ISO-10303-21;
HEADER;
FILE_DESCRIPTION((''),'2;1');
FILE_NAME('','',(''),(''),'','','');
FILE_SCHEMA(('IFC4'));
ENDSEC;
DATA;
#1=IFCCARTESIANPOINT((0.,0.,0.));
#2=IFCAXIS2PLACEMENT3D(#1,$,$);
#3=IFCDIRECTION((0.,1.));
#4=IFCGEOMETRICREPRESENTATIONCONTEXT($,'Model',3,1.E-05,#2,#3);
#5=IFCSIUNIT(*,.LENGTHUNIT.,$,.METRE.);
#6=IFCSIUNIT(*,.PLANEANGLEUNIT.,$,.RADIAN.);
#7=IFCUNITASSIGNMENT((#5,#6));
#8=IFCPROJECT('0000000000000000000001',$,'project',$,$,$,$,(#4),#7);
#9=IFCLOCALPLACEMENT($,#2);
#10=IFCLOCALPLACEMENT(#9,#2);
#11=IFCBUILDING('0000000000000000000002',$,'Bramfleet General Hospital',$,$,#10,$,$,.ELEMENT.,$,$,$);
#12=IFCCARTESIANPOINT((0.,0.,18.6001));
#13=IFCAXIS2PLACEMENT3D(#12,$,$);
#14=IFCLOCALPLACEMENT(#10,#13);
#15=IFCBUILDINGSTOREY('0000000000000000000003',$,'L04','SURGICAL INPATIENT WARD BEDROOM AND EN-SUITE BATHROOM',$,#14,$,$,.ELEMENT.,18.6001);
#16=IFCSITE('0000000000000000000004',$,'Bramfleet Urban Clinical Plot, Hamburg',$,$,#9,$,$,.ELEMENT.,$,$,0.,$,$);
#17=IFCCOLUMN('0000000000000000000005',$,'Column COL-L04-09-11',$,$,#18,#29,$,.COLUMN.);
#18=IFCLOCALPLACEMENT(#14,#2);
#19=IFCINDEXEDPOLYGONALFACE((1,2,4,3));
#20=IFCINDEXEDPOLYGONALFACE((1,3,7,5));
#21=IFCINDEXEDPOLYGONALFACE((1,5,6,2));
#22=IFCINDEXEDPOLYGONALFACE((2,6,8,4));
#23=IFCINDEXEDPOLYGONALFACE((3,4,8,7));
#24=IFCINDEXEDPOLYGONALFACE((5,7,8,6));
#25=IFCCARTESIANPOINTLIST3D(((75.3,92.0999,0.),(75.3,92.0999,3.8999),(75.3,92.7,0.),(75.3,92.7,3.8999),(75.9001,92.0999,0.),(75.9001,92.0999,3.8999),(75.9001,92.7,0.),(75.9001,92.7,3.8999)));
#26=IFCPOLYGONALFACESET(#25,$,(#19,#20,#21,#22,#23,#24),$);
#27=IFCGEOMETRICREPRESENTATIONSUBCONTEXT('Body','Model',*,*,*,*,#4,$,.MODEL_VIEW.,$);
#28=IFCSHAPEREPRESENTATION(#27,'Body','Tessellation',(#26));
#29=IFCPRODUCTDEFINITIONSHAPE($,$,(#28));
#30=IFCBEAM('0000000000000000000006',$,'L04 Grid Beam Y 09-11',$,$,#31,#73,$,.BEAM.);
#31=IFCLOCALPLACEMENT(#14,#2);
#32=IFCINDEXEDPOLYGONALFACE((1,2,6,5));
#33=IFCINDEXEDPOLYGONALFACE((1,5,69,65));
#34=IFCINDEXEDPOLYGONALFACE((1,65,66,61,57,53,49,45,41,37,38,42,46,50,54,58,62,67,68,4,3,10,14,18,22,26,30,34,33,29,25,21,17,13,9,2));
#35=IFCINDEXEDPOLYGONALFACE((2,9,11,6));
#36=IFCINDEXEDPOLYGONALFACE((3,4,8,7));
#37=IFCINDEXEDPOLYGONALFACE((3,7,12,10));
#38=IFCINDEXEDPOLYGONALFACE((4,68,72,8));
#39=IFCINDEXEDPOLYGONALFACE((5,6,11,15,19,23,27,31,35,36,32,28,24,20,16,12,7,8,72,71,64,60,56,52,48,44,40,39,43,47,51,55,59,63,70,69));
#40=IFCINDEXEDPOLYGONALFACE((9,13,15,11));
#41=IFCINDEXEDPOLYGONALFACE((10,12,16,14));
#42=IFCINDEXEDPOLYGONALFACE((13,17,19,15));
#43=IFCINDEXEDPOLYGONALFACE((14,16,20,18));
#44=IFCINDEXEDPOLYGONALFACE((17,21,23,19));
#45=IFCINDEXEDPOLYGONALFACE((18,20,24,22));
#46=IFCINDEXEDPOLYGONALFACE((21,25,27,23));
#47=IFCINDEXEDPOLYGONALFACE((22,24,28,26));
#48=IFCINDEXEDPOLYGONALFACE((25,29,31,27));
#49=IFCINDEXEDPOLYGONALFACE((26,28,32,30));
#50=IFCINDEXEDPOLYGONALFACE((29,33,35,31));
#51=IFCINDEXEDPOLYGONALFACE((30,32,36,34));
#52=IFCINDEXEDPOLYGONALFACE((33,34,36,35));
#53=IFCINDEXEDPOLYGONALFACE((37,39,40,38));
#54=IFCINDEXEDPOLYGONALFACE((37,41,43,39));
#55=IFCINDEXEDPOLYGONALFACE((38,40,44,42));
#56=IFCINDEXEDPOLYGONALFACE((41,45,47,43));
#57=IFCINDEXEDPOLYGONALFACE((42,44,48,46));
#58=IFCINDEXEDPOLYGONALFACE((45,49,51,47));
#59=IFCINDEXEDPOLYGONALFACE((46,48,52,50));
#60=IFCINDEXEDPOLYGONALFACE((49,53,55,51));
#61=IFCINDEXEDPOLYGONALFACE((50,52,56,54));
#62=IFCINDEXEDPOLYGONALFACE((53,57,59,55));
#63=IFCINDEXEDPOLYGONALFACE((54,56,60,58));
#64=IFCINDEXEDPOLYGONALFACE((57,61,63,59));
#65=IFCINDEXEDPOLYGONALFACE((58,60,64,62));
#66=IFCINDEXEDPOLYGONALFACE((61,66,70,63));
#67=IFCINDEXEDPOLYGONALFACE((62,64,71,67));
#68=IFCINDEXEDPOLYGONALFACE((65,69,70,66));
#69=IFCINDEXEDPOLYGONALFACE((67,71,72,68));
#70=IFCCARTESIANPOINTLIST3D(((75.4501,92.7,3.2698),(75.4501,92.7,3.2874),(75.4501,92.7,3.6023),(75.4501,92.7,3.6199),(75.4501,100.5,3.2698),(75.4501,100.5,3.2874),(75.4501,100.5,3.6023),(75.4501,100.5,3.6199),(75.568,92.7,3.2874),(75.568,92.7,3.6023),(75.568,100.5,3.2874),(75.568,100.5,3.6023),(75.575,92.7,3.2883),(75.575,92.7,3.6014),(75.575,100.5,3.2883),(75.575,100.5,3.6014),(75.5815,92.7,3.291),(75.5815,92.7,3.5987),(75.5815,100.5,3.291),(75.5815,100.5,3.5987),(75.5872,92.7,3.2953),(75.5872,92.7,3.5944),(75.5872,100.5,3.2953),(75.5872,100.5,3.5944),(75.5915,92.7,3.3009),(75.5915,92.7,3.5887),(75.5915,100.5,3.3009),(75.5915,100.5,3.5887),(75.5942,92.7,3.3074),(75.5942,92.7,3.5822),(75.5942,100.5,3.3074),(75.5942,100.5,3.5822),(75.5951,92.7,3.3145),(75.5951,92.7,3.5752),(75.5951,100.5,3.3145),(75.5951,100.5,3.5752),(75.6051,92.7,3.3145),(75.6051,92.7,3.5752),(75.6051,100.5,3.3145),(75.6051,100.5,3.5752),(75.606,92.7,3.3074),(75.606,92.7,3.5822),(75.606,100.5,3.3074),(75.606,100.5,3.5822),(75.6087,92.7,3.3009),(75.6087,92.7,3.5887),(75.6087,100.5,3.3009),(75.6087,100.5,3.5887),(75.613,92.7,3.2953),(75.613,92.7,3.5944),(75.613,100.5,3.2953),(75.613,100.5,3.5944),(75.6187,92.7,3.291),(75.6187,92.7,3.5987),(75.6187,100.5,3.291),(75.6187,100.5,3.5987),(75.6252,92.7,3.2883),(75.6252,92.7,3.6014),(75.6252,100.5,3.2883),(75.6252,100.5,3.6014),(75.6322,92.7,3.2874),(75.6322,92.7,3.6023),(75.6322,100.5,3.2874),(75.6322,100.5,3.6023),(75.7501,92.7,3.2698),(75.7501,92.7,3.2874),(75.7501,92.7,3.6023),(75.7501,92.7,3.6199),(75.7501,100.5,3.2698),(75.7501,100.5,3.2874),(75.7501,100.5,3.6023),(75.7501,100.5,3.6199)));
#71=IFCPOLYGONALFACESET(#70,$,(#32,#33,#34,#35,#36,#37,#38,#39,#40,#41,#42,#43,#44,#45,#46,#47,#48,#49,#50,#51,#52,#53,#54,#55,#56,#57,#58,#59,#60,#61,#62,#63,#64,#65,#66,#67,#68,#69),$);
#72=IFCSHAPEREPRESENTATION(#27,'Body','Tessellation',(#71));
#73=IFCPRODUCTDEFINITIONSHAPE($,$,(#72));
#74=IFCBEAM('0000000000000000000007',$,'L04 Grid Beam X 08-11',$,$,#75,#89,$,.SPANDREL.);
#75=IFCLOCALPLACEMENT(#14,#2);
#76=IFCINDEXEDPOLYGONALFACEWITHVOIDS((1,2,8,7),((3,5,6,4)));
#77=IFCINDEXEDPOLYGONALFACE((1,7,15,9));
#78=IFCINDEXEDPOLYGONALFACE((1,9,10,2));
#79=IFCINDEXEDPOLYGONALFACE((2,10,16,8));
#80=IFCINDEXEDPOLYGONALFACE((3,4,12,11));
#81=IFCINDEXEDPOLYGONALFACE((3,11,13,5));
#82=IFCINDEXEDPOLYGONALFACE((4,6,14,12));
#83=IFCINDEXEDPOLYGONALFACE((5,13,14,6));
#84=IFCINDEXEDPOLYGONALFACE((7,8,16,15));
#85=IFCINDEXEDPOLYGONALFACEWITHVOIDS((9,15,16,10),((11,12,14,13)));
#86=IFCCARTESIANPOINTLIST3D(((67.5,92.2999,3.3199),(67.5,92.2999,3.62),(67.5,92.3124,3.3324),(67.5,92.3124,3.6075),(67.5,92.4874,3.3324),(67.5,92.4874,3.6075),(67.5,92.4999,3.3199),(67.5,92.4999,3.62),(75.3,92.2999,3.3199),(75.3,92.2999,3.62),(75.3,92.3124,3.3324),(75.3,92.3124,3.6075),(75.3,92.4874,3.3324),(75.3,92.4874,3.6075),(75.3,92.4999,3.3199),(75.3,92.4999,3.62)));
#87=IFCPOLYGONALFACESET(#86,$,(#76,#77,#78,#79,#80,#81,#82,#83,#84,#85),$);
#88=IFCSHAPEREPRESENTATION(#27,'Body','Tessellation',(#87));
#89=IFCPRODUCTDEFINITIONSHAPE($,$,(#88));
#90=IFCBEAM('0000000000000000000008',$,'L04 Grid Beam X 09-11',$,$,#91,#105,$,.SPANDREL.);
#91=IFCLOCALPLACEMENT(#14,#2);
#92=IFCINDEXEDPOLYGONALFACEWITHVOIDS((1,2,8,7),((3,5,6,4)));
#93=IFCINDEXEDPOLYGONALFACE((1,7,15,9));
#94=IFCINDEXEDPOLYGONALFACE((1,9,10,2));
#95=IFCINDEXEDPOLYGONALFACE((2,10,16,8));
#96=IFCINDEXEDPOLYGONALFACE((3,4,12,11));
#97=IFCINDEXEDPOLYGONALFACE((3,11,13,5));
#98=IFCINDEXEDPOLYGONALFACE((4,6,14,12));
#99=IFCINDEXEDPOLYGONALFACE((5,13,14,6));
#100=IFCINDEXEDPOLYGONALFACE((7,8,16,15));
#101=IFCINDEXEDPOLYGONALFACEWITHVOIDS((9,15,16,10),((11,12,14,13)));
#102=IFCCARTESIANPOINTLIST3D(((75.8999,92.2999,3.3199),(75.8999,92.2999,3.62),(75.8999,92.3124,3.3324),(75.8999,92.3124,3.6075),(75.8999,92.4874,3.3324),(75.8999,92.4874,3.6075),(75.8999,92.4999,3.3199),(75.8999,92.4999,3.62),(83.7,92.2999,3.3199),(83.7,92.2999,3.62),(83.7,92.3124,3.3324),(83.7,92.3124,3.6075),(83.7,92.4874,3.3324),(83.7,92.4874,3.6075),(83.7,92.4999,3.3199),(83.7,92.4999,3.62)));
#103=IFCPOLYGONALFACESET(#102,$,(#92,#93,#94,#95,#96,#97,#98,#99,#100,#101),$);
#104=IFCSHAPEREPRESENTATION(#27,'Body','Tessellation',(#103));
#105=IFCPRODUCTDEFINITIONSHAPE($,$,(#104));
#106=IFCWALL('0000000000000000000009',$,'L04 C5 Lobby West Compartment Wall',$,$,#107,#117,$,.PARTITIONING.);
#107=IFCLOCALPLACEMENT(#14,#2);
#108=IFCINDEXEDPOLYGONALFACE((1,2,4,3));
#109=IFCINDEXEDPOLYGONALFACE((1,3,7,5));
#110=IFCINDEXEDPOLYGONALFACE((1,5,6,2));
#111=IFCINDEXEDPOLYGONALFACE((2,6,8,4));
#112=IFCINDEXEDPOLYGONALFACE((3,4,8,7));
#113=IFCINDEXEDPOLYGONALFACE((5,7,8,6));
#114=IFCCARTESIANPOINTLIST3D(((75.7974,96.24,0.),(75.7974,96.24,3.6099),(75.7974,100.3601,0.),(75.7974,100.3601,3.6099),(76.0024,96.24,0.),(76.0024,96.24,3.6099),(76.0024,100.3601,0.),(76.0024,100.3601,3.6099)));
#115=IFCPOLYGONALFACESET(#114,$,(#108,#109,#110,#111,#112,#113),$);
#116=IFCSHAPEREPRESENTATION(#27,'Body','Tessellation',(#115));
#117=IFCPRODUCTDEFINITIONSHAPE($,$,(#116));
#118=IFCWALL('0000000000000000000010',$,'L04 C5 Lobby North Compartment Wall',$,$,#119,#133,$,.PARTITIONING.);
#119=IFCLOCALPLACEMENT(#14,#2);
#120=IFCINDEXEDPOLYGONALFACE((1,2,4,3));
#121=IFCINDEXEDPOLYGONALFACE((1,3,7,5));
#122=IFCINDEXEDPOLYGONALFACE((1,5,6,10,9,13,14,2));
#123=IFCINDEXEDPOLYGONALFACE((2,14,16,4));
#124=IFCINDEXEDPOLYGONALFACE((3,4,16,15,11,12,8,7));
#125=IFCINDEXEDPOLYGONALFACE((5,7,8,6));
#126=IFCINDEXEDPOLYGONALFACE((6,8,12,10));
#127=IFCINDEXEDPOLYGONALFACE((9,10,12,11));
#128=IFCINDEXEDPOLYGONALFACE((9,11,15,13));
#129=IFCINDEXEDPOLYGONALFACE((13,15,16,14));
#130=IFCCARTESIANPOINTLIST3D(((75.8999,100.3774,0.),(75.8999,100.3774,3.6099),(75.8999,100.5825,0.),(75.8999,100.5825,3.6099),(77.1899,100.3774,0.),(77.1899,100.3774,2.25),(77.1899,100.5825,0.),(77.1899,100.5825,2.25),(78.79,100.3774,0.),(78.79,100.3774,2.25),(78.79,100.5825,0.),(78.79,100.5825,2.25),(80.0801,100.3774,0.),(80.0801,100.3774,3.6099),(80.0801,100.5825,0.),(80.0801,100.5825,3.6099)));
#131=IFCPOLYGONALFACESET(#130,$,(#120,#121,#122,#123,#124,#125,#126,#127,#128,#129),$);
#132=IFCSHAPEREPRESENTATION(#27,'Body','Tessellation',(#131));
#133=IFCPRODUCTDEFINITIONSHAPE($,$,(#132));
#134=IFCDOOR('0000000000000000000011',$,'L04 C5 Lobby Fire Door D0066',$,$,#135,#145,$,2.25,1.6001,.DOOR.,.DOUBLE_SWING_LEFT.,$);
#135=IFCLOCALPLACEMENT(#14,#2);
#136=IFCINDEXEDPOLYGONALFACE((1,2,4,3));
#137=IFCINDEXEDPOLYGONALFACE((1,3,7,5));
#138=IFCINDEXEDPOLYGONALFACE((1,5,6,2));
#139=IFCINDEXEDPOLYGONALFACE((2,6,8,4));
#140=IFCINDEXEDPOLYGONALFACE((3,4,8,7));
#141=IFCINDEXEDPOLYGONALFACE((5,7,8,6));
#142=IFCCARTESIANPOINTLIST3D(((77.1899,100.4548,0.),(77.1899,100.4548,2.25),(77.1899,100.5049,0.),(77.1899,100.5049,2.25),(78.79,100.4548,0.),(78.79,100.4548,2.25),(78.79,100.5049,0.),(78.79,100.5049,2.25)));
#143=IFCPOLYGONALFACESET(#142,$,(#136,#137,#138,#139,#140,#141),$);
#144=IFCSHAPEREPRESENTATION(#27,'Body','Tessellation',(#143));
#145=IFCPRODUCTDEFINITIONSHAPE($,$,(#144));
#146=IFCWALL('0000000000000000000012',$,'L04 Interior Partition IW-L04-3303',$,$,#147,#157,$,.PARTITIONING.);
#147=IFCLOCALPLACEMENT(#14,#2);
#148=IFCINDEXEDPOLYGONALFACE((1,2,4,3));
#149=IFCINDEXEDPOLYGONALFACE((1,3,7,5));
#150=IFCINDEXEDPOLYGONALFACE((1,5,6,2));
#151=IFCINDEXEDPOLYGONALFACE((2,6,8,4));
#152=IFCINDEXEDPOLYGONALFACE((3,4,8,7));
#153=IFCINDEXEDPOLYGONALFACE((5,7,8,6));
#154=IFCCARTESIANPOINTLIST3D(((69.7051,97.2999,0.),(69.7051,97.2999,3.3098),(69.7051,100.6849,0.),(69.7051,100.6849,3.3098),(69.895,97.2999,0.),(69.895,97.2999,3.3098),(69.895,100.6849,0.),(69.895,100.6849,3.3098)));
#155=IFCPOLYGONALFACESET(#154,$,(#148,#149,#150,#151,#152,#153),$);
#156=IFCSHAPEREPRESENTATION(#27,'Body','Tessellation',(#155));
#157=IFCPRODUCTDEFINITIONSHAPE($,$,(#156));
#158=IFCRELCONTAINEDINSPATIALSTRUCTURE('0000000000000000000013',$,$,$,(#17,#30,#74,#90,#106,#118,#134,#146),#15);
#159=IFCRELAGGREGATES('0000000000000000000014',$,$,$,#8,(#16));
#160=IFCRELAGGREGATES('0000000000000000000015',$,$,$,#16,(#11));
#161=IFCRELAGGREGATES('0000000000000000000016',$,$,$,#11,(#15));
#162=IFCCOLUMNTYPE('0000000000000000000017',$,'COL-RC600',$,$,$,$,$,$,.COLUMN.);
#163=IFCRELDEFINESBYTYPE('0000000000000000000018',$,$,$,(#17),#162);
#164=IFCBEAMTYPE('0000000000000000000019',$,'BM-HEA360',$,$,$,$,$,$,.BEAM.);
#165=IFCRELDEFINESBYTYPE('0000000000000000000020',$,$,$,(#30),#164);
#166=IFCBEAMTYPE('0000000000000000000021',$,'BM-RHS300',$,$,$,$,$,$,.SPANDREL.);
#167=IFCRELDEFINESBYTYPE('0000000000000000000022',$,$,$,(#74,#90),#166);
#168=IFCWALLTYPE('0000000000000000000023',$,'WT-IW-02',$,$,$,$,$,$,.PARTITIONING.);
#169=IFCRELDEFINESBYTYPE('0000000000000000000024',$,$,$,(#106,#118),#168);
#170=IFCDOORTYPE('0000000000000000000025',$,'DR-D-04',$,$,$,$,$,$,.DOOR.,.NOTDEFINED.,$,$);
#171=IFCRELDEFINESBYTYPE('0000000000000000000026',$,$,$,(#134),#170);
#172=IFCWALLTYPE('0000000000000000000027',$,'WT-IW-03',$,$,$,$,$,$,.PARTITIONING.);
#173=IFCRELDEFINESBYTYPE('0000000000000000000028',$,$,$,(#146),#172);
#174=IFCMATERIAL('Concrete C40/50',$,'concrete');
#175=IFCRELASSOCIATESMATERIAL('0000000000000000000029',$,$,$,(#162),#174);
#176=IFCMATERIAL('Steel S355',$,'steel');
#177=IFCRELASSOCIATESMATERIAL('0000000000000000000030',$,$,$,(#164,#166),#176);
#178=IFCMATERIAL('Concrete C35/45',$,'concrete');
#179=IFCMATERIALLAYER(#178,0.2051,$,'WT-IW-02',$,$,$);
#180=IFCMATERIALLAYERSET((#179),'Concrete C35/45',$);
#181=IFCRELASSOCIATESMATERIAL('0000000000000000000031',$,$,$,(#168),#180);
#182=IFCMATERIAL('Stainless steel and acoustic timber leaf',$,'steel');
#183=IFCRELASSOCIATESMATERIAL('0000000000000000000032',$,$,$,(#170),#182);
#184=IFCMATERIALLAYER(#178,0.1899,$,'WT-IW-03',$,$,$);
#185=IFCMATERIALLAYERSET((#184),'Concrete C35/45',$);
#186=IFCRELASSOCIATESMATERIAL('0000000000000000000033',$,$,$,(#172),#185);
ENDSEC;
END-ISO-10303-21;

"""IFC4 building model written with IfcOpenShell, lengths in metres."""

from ifc_helpers import new_model, si_unit, direction, frame, frame_2d, origin, origin_2d, place, context, subcontext, project, spatial, rectangle, hollow_rectangle, i_section, extrude, material, layer, layer_set, material_profile, profile_set, type_object, element, fill, save


model = new_model("IFC4")

# Units and contexts
model_context = context("Model", 3, precision=1e-05, world=origin(), true_north=direction((0.0, 1.0)))
body_context = subcontext(model_context, "Body", "Model", "MODEL_VIEW")
ifc_project = project(units=[si_unit("LENGTHUNIT", "METRE"), si_unit("PLANEANGLEUNIT", "RADIAN")], contexts=[model_context])

# Site, building, storey
site_placement = place(None, origin())
site = spatial("IfcSite", under=ifc_project, at=site_placement, Name="Bramfleet Urban Clinical Plot, Hamburg", CompositionType="ELEMENT", RefElevation=0.0)
building_placement = place(site_placement, origin())
building = spatial("IfcBuilding", under=site, at=building_placement, Name="Bramfleet General Hospital", CompositionType="ELEMENT")
storey_placement = place(building_placement, frame((0.0, 0.0, 18.6001)))
storey = spatial("IfcBuildingStorey", under=building, at=storey_placement, Name="L04", Description="SURGICAL INPATIENT WARD BEDROOM AND EN-SUITE BATHROOM", CompositionType="ELEMENT", Elevation=18.6001)

# Column
ifc_material_1 = material(Name="Concrete C40/50", Category="concrete")
ifc_material_profile_1 = material_profile(ifc_material_1, rectangle(XDim=0.6001, YDim=0.6001, at=origin_2d()), Name="RC COL 600x600")
ifc_profile_set_1 = profile_set([ifc_material_profile_1], Name="Concrete C40/50")
column_type = type_object("IfcColumnType", Name="COL-RC600", PredefinedType="COLUMN", material=ifc_profile_set_1)
column_placement = place(storey_placement, frame((75.6001, 92.3999, 0.0), z_axis=(0.0, 0.0, 1.0), x_axis=(1.0, 0.0, 0.0)))
element("IfcColumn", 1, at=column_placement, inside=storey, type_object=column_type, Name="Column COL-L04-09-11", PredefinedType="COLUMN", context=body_context, shape_type="SweptSolid", body=[
    extrude(rectangle(XDim=0.6001, YDim=0.6001, at=origin_2d()), origin(), (0.0, 0.0, 1.0), 3.8999),
])

# Beams
ifc_material_2 = material(Name="Steel S355", Category="steel")
ifc_material_profile_2 = material_profile(ifc_material_2, i_section(OverallWidth=0.3, OverallDepth=0.3501, WebThickness=0.01, FlangeThickness=0.0176, FilletRadius=0.0271, at=origin_2d()), Name="HEA 360")
ifc_profile_set_2 = profile_set([ifc_material_profile_2], Name="Steel S355")
beam_type_1 = type_object("IfcBeamType", Name="BM-HEA360", PredefinedType="BEAM", material=ifc_profile_set_2)
beam_placement = place(storey_placement, frame((75.6001, 92.7, 3.4448), z_axis=(0.0, 1.0, 0.0), x_axis=(-1.0, 0.0, 0.0)))
element("IfcBeam", 2, at=beam_placement, inside=storey, type_object=beam_type_1, Name="L04 Grid Beam Y 09-11", PredefinedType="BEAM", context=body_context, shape_type="SweptSolid", body=[
    extrude(i_section(OverallWidth=0.3, OverallDepth=0.3501, WebThickness=0.01, FlangeThickness=0.0176, FilletRadius=0.0271, at=origin_2d()), origin(), (0.0, 0.0, 1.0), 7.8),
])
ifc_material_profile_3 = material_profile(ifc_material_2, hollow_rectangle(XDim=0.2, YDim=0.3, WallThickness=0.0125, at=origin_2d()), Name="RHS 300x200x12.5")
ifc_profile_set_3 = profile_set([ifc_material_profile_3], Name="Steel S355")
beam_type_2 = type_object("IfcBeamType", Name="BM-RHS300", PredefinedType="SPANDREL", material=ifc_profile_set_3)
for number, where, z_axis, x_axis, name in (
    (3, (67.5, 92.3999, 3.47), (1.0, 0.0, 0.0), (0.0, 1.0, 0.0), "L04 Grid Beam X 08-11"),
    (4, (75.8999, 92.3999, 3.47), (1.0, 0.0, 0.0), (0.0, 1.0, 0.0), "L04 Grid Beam X 09-11"),
):
    element("IfcBeam", number, at=place(storey_placement, frame(where, z_axis=z_axis, x_axis=x_axis)), inside=storey, type_object=beam_type_2, Name=name, PredefinedType="SPANDREL", context=body_context, shape_type="SweptSolid", body=[
        extrude(hollow_rectangle(XDim=0.2, YDim=0.3, WallThickness=0.0125, at=origin_2d()), origin(), (0.0, 0.0, 1.0), 7.8),
    ])

# Wall
ifc_material_3 = material(Name="Concrete C35/45", Category="concrete")
ifc_layer_1 = layer(ifc_material_3, 0.2051, Name="WT-IW-02")
ifc_layer_set_1 = layer_set([ifc_layer_1], Name="Concrete C35/45")
wall_type_1 = type_object("IfcWallType", Name="WT-IW-02", PredefinedType="PARTITIONING", material=ifc_layer_set_1)
wall_1_placement = place(storey_placement, frame((75.8999, 96.24, 0.0), z_axis=(0.0, 0.0, 1.0), x_axis=(0.0, 1.0, 0.0)))
element("IfcWall", 5, at=wall_1_placement, inside=storey, type_object=wall_type_1, Name="L04 C5 Lobby West Compartment Wall", PredefinedType="PARTITIONING", context=body_context, shape_type="SweptSolid", body=[
    extrude(rectangle(XDim=4.1201, YDim=0.2051, at=frame_2d((2.0601, 0.0))), origin(), (0.0, 0.0, 1.0), 3.6099),
])

# Wall, opening, door
wall_2_placement = place(storey_placement, frame((75.8999, 100.48, 0.0), z_axis=(0.0, 0.0, 1.0), x_axis=(1.0, 0.0, 0.0)))
wall_2 = element("IfcWall", 6, at=wall_2_placement, inside=storey, type_object=wall_type_1, Name="L04 C5 Lobby North Compartment Wall", PredefinedType="PARTITIONING", context=body_context, shape_type="SweptSolid", body=[
    extrude(rectangle(XDim=4.1802, YDim=0.2051, at=frame_2d((2.0901, 0.0))), origin(), (0.0, 0.0, 1.0), 3.6099),
])
opening_1_placement = place(wall_2_placement, frame((1.29, 0.0, 0.0)))
opening_1 = element("IfcOpeningElement", 7, at=opening_1_placement, cuts=wall_2, PredefinedType="OPENING", context=body_context, shape_type="SweptSolid", body=[
    extrude(rectangle(XDim=1.6001, YDim=2.25, at=frame_2d((0.8, 1.125))), frame((0.0, 0.1125, 0.0), z_axis=(0.0, -1.0, 0.0), x_axis=(1.0, 0.0, 0.0)), (0.0, 0.0, 1.0), 0.2251),
])
ifc_material_4 = material(Name="Stainless steel and acoustic timber leaf", Category="steel")
door_type_1 = type_object("IfcDoorType", Name="DR-D-04", OperationType="NOTDEFINED", PredefinedType="DOOR", material=ifc_material_4)
door_1_placement = place(opening_1_placement, origin())
door_1 = element("IfcDoor", 8, at=door_1_placement, inside=storey, type_object=door_type_1, Name="L04 C5 Lobby Fire Door D0066", OperationType="DOUBLE_SWING_LEFT", OverallHeight=2.25, OverallWidth=1.6001, PredefinedType="DOOR", context=body_context, shape_type="SweptSolid", body=[
    extrude(rectangle(XDim=1.6001, YDim=2.25, at=frame_2d((0.8, 1.125))), frame((0.0, 0.0249, 0.0), z_axis=(0.0, -1.0, 0.0), x_axis=(1.0, 0.0, 0.0)), (0.0, 0.0, 1.0), 0.05),
])
fill(opening_1, door_1)

# Wall
ifc_layer_2 = layer(ifc_material_3, 0.1899, Name="WT-IW-03")
ifc_layer_set_2 = layer_set([ifc_layer_2], Name="Concrete C35/45")
wall_type_2 = type_object("IfcWallType", Name="WT-IW-03", PredefinedType="PARTITIONING", material=ifc_layer_set_2)
wall_3_placement = place(storey_placement, frame((69.8, 97.3, 0.0), z_axis=(0.0, 0.0, 1.0), x_axis=(0.0, 1.0, 0.0)))
element("IfcWall", 9, at=wall_3_placement, inside=storey, type_object=wall_type_2, Name="L04 Interior Partition IW-L04-3303", PredefinedType="PARTITIONING", context=body_context, shape_type="SweptSolid", body=[
    extrude(rectangle(XDim=3.385, YDim=0.1899, at=frame_2d((1.6924, 0.0))), origin(), (0.0, 0.0, 1.0), 3.3098),
])

save(model, "model.ifc")
